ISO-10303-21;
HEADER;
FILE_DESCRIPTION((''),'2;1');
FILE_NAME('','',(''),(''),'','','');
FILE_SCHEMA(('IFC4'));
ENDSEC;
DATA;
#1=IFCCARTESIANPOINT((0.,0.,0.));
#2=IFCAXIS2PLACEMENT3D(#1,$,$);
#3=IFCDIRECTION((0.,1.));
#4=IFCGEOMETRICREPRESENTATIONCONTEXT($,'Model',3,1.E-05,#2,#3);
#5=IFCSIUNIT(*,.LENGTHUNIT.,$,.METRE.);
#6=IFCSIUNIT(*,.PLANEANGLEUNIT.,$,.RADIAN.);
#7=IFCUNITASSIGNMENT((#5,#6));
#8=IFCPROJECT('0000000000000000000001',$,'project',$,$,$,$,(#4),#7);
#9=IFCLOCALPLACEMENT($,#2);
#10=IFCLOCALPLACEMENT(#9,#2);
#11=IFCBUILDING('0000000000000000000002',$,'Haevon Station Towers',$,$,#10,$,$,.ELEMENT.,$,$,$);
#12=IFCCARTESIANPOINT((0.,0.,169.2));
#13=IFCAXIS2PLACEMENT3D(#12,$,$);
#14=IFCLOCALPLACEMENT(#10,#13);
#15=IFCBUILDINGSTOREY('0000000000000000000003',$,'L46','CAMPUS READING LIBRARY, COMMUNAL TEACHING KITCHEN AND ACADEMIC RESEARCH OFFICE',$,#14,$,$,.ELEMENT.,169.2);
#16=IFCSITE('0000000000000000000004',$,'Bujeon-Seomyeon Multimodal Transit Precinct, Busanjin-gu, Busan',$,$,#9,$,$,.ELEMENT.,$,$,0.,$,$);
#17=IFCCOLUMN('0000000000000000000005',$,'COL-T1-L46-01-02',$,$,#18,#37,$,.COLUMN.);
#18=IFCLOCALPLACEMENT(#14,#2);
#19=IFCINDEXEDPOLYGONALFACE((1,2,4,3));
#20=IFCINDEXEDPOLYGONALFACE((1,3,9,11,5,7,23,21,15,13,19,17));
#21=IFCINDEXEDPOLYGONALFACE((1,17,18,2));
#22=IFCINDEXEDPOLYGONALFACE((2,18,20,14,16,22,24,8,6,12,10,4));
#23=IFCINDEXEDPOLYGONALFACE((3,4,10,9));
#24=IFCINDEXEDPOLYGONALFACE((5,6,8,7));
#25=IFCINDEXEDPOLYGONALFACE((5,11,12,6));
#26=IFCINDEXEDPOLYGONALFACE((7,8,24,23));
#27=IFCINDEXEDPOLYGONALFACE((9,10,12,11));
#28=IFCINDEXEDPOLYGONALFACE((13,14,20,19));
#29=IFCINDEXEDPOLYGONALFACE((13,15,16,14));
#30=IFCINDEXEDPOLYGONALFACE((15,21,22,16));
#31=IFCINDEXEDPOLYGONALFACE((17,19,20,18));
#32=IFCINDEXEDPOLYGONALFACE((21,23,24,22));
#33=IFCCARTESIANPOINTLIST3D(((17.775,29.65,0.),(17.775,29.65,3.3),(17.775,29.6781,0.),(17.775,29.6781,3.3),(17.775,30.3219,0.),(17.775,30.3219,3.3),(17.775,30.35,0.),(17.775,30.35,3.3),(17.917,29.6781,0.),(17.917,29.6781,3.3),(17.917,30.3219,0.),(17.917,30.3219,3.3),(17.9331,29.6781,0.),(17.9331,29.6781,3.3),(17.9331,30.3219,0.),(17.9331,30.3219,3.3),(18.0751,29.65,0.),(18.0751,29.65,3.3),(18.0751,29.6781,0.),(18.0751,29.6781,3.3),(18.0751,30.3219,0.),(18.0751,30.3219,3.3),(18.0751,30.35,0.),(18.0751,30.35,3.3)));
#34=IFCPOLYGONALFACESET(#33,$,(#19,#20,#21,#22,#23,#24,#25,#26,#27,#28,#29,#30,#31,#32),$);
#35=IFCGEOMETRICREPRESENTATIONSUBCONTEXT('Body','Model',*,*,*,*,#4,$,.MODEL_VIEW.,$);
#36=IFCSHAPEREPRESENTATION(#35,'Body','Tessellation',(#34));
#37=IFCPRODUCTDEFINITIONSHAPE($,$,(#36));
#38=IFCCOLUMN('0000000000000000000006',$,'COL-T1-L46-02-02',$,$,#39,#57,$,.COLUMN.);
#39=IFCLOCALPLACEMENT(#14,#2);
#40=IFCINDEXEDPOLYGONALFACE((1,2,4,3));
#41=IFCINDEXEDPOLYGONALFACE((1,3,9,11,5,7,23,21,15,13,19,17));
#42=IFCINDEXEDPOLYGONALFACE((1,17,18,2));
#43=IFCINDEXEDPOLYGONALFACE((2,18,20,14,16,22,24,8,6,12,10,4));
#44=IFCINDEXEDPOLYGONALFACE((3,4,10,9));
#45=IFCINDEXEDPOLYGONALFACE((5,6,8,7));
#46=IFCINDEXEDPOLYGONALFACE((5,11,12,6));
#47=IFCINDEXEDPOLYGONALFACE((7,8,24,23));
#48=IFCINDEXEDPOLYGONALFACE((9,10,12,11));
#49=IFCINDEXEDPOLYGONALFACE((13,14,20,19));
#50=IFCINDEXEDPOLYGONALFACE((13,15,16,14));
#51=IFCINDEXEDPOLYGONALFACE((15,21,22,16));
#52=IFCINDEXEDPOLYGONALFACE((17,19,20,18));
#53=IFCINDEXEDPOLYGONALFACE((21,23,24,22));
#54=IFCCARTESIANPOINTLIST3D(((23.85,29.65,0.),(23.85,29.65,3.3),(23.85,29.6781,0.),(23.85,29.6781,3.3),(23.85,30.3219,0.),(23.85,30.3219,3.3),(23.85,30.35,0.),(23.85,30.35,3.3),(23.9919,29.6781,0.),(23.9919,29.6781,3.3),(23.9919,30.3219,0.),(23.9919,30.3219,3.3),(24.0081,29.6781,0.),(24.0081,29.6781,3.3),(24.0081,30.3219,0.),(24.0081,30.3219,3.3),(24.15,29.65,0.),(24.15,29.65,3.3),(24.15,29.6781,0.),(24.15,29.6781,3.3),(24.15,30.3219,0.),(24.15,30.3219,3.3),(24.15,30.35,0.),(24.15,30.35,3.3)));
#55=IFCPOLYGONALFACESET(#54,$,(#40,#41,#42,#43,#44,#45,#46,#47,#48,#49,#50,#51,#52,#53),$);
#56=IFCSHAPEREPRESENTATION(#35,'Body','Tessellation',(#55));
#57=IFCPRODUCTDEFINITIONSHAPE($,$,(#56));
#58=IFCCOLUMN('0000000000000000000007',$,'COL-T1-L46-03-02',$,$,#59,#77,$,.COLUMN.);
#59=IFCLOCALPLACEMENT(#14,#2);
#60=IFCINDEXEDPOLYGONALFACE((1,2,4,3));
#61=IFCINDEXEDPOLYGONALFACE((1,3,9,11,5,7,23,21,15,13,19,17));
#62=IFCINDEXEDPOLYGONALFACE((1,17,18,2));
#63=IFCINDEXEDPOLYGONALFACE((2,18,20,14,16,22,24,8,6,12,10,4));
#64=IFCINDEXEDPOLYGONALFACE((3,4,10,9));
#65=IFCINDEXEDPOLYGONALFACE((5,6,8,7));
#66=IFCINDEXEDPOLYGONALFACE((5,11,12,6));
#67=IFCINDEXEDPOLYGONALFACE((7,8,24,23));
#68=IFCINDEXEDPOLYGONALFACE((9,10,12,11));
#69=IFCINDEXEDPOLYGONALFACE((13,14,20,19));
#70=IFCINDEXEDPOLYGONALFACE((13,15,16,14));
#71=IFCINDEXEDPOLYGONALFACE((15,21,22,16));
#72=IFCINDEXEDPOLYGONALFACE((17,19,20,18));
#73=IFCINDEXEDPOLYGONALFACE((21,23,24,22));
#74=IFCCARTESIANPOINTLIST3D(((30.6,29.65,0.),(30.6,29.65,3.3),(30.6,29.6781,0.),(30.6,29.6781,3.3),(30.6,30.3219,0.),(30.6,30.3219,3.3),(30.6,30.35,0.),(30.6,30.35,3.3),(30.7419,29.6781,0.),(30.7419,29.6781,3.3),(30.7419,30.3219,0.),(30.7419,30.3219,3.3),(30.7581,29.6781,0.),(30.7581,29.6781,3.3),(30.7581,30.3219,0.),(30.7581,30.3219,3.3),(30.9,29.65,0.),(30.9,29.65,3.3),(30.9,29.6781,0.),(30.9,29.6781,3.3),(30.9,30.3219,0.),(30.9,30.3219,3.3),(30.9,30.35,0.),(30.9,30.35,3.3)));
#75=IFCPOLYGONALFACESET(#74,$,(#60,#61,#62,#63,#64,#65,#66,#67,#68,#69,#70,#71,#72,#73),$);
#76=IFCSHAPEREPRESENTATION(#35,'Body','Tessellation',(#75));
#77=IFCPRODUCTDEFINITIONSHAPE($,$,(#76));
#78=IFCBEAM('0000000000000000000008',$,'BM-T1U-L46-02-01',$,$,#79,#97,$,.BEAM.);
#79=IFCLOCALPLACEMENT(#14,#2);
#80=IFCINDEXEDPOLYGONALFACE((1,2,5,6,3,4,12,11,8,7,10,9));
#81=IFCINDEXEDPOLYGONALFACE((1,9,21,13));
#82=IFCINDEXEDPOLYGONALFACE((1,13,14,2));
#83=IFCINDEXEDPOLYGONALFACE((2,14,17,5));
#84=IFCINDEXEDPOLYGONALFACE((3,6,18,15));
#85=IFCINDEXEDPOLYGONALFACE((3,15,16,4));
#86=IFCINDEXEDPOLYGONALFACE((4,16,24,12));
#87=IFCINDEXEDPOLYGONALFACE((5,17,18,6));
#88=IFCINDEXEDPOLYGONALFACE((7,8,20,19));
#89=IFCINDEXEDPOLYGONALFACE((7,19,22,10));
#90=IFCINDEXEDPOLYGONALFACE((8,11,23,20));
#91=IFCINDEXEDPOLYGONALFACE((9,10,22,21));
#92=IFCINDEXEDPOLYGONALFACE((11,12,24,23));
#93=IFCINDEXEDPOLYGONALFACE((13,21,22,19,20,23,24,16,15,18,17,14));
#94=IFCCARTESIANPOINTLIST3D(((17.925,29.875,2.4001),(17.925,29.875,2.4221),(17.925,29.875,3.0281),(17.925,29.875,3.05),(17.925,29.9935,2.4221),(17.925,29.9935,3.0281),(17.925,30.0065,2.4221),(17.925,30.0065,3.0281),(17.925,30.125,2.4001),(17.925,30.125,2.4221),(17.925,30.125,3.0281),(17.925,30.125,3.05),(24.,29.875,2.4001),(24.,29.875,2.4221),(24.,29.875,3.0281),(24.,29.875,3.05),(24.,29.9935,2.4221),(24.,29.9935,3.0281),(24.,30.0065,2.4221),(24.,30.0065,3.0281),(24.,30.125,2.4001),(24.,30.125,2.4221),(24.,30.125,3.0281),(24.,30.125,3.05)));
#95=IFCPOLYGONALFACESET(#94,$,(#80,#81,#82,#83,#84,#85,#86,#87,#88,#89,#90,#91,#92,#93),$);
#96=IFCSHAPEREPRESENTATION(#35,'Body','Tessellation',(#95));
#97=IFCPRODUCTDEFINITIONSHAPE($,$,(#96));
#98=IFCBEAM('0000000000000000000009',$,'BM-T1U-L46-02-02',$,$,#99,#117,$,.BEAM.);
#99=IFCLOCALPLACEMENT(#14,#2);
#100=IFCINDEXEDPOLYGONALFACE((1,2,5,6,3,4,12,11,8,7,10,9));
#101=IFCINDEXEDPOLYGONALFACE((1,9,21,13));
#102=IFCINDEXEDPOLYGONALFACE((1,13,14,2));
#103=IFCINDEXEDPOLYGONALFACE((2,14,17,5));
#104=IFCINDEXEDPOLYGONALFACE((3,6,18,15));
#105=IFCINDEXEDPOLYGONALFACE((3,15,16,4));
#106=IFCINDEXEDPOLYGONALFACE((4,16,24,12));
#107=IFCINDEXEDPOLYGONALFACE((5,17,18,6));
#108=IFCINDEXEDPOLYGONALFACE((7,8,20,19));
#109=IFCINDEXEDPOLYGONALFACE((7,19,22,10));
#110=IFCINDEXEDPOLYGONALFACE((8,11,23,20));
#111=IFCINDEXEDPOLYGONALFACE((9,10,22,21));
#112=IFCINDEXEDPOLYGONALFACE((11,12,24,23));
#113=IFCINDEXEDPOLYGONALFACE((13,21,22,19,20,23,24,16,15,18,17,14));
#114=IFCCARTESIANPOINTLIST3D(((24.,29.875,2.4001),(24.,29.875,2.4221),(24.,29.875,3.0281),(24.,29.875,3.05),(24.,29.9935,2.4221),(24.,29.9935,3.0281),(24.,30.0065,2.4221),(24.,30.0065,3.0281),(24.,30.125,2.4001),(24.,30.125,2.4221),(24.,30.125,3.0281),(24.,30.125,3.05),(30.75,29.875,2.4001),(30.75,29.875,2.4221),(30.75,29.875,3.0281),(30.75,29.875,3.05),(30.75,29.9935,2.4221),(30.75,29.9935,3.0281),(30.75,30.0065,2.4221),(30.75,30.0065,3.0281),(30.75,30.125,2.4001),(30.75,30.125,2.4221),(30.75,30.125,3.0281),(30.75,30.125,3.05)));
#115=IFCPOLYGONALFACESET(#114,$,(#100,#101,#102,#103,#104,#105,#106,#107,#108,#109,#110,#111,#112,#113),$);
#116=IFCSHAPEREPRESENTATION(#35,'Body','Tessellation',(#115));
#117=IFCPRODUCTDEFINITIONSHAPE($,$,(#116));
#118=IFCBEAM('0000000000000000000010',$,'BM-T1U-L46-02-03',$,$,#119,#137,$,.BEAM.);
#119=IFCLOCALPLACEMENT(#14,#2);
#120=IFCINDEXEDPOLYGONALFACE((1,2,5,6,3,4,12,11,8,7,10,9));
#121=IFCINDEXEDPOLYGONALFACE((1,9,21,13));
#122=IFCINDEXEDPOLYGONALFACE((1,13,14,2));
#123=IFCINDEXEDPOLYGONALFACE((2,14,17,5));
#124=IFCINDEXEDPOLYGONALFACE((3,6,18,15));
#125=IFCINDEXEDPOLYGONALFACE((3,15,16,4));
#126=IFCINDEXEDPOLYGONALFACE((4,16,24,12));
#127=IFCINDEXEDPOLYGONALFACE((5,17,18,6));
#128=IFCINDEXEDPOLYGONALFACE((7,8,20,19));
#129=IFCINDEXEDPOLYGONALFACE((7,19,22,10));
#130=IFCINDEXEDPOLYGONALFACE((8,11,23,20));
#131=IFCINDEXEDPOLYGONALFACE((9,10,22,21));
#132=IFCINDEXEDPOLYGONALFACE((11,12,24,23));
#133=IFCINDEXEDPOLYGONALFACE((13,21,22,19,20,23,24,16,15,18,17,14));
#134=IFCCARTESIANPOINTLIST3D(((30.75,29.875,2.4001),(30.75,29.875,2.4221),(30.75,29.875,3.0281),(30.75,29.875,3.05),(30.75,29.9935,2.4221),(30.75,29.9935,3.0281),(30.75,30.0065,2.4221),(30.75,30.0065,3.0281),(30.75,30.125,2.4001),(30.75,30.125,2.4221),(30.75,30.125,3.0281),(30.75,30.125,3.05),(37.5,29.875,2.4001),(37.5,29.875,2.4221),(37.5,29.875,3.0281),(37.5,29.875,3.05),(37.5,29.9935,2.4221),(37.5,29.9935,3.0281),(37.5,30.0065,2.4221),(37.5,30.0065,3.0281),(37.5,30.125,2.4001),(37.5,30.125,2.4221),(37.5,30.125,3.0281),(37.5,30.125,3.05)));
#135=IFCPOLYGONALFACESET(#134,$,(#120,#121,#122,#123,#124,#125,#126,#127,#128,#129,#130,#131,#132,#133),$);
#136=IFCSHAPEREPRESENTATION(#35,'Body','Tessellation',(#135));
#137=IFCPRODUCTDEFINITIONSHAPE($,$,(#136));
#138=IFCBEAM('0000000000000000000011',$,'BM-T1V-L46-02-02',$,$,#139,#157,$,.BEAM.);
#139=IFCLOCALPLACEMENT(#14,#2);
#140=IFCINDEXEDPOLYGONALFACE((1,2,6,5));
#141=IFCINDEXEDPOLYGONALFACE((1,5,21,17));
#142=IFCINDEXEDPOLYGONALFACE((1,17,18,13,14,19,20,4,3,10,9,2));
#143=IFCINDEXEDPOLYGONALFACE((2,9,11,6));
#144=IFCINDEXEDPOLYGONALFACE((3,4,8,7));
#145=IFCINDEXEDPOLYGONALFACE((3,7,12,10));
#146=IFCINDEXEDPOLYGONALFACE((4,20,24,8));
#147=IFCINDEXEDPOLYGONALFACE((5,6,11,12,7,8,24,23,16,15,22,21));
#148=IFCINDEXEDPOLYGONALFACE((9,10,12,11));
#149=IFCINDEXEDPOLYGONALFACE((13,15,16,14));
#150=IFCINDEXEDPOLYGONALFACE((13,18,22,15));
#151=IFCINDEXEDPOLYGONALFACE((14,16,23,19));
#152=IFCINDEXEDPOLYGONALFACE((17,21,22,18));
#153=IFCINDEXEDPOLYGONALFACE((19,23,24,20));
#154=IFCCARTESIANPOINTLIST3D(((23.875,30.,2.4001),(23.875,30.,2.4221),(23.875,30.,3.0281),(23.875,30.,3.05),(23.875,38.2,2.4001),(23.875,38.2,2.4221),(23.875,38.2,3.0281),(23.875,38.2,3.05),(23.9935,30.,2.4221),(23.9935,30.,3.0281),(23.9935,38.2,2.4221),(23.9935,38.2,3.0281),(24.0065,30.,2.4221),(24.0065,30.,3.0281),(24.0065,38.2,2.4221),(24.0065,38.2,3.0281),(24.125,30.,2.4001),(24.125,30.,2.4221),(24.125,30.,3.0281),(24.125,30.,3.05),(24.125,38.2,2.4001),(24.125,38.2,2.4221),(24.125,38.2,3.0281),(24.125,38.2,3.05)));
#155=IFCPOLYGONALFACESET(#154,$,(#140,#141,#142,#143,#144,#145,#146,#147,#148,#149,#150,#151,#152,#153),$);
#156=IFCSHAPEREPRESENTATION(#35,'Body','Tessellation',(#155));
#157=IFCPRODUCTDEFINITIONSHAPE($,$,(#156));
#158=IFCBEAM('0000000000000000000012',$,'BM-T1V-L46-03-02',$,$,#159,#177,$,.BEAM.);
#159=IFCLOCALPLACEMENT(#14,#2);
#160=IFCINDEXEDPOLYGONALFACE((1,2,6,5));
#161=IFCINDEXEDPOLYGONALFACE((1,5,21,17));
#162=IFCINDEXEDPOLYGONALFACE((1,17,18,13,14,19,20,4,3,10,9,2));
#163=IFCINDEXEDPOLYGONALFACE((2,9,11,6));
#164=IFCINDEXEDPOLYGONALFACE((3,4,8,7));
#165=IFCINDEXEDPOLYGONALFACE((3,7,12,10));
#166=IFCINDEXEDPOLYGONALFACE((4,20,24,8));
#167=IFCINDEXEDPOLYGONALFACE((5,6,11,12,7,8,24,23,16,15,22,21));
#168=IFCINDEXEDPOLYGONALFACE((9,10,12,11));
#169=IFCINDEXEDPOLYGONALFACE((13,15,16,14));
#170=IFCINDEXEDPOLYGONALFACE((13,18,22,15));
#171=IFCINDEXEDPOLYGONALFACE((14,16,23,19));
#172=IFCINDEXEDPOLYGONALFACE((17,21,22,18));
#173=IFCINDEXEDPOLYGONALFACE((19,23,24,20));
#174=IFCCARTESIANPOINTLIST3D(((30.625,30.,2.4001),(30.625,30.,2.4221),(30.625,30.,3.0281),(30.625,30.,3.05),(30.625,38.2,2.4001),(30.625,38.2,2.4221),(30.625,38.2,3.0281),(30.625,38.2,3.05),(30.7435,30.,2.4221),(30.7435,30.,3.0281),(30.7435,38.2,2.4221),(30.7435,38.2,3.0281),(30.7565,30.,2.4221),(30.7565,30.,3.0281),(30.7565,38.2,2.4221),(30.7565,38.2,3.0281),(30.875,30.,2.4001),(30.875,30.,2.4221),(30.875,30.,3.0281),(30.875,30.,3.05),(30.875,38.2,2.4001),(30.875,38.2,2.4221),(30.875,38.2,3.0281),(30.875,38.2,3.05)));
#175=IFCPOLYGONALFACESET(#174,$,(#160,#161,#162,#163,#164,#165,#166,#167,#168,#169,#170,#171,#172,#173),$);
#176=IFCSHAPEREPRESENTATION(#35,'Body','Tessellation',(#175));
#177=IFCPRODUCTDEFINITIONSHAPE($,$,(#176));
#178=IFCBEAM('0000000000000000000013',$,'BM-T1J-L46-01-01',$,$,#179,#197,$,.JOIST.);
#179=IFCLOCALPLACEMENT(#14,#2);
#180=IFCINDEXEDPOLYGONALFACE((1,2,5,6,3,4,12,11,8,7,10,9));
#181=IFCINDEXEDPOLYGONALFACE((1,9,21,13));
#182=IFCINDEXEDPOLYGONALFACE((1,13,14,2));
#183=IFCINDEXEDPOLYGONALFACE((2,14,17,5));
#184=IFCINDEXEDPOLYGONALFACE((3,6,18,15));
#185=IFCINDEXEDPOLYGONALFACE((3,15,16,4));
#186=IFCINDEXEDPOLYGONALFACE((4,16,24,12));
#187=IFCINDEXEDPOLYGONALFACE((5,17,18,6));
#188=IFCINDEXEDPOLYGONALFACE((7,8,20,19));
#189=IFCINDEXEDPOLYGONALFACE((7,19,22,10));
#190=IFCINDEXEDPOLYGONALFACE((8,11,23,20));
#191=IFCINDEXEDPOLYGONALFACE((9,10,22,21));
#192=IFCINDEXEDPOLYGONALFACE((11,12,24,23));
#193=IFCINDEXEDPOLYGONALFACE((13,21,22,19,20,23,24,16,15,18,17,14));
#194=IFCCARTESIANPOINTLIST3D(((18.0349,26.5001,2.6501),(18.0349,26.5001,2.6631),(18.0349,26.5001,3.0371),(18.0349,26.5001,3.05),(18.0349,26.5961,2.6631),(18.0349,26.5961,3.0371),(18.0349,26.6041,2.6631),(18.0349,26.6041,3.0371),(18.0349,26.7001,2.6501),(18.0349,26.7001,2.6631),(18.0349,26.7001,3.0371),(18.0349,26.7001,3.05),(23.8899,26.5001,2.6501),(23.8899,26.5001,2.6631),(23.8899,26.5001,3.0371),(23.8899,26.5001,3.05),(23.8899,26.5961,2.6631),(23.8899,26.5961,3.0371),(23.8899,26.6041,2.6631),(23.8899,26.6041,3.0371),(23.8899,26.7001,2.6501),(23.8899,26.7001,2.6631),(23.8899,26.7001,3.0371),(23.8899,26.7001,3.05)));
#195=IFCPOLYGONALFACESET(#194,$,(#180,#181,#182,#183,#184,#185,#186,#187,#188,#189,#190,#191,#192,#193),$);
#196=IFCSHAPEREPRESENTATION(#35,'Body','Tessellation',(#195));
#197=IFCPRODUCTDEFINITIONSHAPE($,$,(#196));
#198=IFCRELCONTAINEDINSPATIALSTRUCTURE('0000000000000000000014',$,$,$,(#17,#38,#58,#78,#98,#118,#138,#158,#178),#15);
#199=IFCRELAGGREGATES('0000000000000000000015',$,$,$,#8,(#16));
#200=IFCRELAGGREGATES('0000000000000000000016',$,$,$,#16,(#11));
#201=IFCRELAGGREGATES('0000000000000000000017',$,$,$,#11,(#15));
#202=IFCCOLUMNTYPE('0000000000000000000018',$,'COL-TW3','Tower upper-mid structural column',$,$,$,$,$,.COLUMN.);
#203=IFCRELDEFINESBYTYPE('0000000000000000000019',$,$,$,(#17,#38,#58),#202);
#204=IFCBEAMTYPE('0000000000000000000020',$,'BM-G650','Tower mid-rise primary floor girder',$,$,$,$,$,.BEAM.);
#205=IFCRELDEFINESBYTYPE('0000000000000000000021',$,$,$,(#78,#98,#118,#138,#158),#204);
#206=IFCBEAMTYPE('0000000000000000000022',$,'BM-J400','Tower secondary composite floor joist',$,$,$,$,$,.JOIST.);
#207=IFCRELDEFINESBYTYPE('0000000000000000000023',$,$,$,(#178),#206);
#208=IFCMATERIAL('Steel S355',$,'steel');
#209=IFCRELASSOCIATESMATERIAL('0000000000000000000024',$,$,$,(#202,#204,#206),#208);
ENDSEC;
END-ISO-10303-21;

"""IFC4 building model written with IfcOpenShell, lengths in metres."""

from ifc_helpers import new_model, si_unit, direction, frame, origin, origin_2d, place, context, subcontext, project, spatial, i_section, extrude, material, material_profile, profile_set, type_object, element, save


model = new_model("IFC4")

# Units and contexts
model_context = context("Model", 3, precision=1e-05, world=origin(), true_north=direction((0.0, 1.0)))
body_context = subcontext(model_context, "Body", "Model", "MODEL_VIEW")
ifc_project = project(units=[si_unit("LENGTHUNIT", "METRE"), si_unit("PLANEANGLEUNIT", "RADIAN")], contexts=[model_context])

# Site, building, storey
site_placement = place(None, origin())
site = spatial("IfcSite", under=ifc_project, at=site_placement, Name="Bujeon-Seomyeon Multimodal Transit Precinct, Busanjin-gu, Busan", CompositionType="ELEMENT", RefElevation=0.0)
building_placement = place(site_placement, origin())
building = spatial("IfcBuilding", under=site, at=building_placement, Name="Haevon Station Towers", CompositionType="ELEMENT")
storey_placement = place(building_placement, frame((0.0, 0.0, 169.2)))
storey = spatial("IfcBuildingStorey", under=building, at=storey_placement, Name="L46", Description="CAMPUS READING LIBRARY, COMMUNAL TEACHING KITCHEN AND ACADEMIC RESEARCH OFFICE", CompositionType="ELEMENT", Elevation=169.2)

# Columns
ifc_material_1 = material(Name="Steel S355", Category="steel")
ifc_material_profile_1 = material_profile(ifc_material_1, i_section(OverallWidth=0.3, OverallDepth=0.7, WebThickness=0.0161, FlangeThickness=0.0281, at=origin_2d()), Name="H-700x300x16x28")
ifc_profile_set_1 = profile_set([ifc_material_profile_1], Name="Steel S355")
column_type = type_object("IfcColumnType", Name="COL-TW3", Description="Tower upper-mid structural column", PredefinedType="COLUMN", material=ifc_profile_set_1)
for number, where, z_axis, x_axis, name in (
    (1, (17.925, 30.0, 0.0), (0.0, 0.0, 1.0), (1.0, 0.0, 0.0), "COL-T1-L46-01-02"),
    (2, (24.0, 30.0, 0.0), (0.0, 0.0, 1.0), (1.0, 0.0, 0.0), "COL-T1-L46-02-02"),
    (3, (30.75, 30.0, 0.0), (0.0, 0.0, 1.0), (1.0, 0.0, 0.0), "COL-T1-L46-03-02"),
):
    element("IfcColumn", number, at=place(storey_placement, frame(where, z_axis=z_axis, x_axis=x_axis)), inside=storey, type_object=column_type, Name=name, PredefinedType="COLUMN", context=body_context, shape_type="SweptSolid", body=[
        extrude(i_section(OverallWidth=0.3, OverallDepth=0.7, WebThickness=0.0161, FlangeThickness=0.0281, at=origin_2d()), origin(), (0.0, 0.0, 1.0), 3.3),
    ])

# Beams
ifc_material_profile_2 = material_profile(ifc_material_1, i_section(OverallWidth=0.25, OverallDepth=0.6499, WebThickness=0.0129, FlangeThickness=0.022, at=origin_2d()), Name="H-650x250x13x22")
ifc_profile_set_2 = profile_set([ifc_material_profile_2], Name="Steel S355")
beam_type_1 = type_object("IfcBeamType", Name="BM-G650", Description="Tower mid-rise primary floor girder", PredefinedType="BEAM", material=ifc_profile_set_2)
beam_1_placement = place(storey_placement, frame((17.925, 30.0, 2.7251), z_axis=(1.0, 0.0, 0.0), x_axis=(0.0, 1.0, 0.0)))
element("IfcBeam", 4, at=beam_1_placement, inside=storey, type_object=beam_type_1, Name="BM-T1U-L46-02-01", PredefinedType="BEAM", context=body_context, shape_type="SweptSolid", body=[
    extrude(i_section(OverallWidth=0.25, OverallDepth=0.6499, WebThickness=0.0129, FlangeThickness=0.022, at=origin_2d()), origin(), (0.0, 0.0, 1.0), 6.075),
])
for number, where, z_axis, x_axis, name in (
    (5, (24.0, 30.0, 2.7251), (1.0, 0.0, 0.0), (0.0, 1.0, 0.0), "BM-T1U-L46-02-02"),
    (6, (30.75, 30.0, 2.7251), (1.0, 0.0, 0.0), (0.0, 1.0, 0.0), "BM-T1U-L46-02-03"),
):
    element("IfcBeam", number, at=place(storey_placement, frame(where, z_axis=z_axis, x_axis=x_axis)), inside=storey, type_object=beam_type_1, Name=name, PredefinedType="BEAM", context=body_context, shape_type="SweptSolid", body=[
        extrude(i_section(OverallWidth=0.25, OverallDepth=0.6499, WebThickness=0.0129, FlangeThickness=0.022, at=origin_2d()), origin(), (0.0, 0.0, 1.0), 6.75),
    ])
for number, where, z_axis, x_axis, name in (
    (7, (24.0, 30.0, 2.7251), (0.0, 1.0, 0.0), (-1.0, 0.0, 0.0), "BM-T1V-L46-02-02"),
    (8, (30.75, 30.0, 2.7251), (0.0, 1.0, 0.0), (-1.0, 0.0, 0.0), "BM-T1V-L46-03-02"),
):
    element("IfcBeam", number, at=place(storey_placement, frame(where, z_axis=z_axis, x_axis=x_axis)), inside=storey, type_object=beam_type_1, Name=name, PredefinedType="BEAM", context=body_context, shape_type="SweptSolid", body=[
        extrude(i_section(OverallWidth=0.25, OverallDepth=0.6499, WebThickness=0.0129, FlangeThickness=0.022, at=origin_2d()), origin(), (0.0, 0.0, 1.0), 8.2),
    ])
ifc_material_profile_3 = material_profile(ifc_material_1, i_section(OverallWidth=0.2, OverallDepth=0.3999, WebThickness=0.0081, FlangeThickness=0.0129, at=origin_2d()), Name="H-400x200x8x13")
ifc_profile_set_3 = profile_set([ifc_material_profile_3], Name="Steel S355")
beam_type_2 = type_object("IfcBeamType", Name="BM-J400", Description="Tower secondary composite floor joist", PredefinedType="JOIST", material=ifc_profile_set_3)
beam_2_placement = place(storey_placement, frame((18.0349, 26.6001, 2.8501), z_axis=(1.0, 0.0, 0.0), x_axis=(0.0, 1.0, 0.0)))
element("IfcBeam", 9, at=beam_2_placement, inside=storey, type_object=beam_type_2, Name="BM-T1J-L46-01-01", PredefinedType="JOIST", context=body_context, shape_type="SweptSolid", body=[
    extrude(i_section(OverallWidth=0.2, OverallDepth=0.3999, WebThickness=0.0081, FlangeThickness=0.0129, at=origin_2d()), origin(), (0.0, 0.0, 1.0), 5.855),
])

save(model, "model.ifc")
